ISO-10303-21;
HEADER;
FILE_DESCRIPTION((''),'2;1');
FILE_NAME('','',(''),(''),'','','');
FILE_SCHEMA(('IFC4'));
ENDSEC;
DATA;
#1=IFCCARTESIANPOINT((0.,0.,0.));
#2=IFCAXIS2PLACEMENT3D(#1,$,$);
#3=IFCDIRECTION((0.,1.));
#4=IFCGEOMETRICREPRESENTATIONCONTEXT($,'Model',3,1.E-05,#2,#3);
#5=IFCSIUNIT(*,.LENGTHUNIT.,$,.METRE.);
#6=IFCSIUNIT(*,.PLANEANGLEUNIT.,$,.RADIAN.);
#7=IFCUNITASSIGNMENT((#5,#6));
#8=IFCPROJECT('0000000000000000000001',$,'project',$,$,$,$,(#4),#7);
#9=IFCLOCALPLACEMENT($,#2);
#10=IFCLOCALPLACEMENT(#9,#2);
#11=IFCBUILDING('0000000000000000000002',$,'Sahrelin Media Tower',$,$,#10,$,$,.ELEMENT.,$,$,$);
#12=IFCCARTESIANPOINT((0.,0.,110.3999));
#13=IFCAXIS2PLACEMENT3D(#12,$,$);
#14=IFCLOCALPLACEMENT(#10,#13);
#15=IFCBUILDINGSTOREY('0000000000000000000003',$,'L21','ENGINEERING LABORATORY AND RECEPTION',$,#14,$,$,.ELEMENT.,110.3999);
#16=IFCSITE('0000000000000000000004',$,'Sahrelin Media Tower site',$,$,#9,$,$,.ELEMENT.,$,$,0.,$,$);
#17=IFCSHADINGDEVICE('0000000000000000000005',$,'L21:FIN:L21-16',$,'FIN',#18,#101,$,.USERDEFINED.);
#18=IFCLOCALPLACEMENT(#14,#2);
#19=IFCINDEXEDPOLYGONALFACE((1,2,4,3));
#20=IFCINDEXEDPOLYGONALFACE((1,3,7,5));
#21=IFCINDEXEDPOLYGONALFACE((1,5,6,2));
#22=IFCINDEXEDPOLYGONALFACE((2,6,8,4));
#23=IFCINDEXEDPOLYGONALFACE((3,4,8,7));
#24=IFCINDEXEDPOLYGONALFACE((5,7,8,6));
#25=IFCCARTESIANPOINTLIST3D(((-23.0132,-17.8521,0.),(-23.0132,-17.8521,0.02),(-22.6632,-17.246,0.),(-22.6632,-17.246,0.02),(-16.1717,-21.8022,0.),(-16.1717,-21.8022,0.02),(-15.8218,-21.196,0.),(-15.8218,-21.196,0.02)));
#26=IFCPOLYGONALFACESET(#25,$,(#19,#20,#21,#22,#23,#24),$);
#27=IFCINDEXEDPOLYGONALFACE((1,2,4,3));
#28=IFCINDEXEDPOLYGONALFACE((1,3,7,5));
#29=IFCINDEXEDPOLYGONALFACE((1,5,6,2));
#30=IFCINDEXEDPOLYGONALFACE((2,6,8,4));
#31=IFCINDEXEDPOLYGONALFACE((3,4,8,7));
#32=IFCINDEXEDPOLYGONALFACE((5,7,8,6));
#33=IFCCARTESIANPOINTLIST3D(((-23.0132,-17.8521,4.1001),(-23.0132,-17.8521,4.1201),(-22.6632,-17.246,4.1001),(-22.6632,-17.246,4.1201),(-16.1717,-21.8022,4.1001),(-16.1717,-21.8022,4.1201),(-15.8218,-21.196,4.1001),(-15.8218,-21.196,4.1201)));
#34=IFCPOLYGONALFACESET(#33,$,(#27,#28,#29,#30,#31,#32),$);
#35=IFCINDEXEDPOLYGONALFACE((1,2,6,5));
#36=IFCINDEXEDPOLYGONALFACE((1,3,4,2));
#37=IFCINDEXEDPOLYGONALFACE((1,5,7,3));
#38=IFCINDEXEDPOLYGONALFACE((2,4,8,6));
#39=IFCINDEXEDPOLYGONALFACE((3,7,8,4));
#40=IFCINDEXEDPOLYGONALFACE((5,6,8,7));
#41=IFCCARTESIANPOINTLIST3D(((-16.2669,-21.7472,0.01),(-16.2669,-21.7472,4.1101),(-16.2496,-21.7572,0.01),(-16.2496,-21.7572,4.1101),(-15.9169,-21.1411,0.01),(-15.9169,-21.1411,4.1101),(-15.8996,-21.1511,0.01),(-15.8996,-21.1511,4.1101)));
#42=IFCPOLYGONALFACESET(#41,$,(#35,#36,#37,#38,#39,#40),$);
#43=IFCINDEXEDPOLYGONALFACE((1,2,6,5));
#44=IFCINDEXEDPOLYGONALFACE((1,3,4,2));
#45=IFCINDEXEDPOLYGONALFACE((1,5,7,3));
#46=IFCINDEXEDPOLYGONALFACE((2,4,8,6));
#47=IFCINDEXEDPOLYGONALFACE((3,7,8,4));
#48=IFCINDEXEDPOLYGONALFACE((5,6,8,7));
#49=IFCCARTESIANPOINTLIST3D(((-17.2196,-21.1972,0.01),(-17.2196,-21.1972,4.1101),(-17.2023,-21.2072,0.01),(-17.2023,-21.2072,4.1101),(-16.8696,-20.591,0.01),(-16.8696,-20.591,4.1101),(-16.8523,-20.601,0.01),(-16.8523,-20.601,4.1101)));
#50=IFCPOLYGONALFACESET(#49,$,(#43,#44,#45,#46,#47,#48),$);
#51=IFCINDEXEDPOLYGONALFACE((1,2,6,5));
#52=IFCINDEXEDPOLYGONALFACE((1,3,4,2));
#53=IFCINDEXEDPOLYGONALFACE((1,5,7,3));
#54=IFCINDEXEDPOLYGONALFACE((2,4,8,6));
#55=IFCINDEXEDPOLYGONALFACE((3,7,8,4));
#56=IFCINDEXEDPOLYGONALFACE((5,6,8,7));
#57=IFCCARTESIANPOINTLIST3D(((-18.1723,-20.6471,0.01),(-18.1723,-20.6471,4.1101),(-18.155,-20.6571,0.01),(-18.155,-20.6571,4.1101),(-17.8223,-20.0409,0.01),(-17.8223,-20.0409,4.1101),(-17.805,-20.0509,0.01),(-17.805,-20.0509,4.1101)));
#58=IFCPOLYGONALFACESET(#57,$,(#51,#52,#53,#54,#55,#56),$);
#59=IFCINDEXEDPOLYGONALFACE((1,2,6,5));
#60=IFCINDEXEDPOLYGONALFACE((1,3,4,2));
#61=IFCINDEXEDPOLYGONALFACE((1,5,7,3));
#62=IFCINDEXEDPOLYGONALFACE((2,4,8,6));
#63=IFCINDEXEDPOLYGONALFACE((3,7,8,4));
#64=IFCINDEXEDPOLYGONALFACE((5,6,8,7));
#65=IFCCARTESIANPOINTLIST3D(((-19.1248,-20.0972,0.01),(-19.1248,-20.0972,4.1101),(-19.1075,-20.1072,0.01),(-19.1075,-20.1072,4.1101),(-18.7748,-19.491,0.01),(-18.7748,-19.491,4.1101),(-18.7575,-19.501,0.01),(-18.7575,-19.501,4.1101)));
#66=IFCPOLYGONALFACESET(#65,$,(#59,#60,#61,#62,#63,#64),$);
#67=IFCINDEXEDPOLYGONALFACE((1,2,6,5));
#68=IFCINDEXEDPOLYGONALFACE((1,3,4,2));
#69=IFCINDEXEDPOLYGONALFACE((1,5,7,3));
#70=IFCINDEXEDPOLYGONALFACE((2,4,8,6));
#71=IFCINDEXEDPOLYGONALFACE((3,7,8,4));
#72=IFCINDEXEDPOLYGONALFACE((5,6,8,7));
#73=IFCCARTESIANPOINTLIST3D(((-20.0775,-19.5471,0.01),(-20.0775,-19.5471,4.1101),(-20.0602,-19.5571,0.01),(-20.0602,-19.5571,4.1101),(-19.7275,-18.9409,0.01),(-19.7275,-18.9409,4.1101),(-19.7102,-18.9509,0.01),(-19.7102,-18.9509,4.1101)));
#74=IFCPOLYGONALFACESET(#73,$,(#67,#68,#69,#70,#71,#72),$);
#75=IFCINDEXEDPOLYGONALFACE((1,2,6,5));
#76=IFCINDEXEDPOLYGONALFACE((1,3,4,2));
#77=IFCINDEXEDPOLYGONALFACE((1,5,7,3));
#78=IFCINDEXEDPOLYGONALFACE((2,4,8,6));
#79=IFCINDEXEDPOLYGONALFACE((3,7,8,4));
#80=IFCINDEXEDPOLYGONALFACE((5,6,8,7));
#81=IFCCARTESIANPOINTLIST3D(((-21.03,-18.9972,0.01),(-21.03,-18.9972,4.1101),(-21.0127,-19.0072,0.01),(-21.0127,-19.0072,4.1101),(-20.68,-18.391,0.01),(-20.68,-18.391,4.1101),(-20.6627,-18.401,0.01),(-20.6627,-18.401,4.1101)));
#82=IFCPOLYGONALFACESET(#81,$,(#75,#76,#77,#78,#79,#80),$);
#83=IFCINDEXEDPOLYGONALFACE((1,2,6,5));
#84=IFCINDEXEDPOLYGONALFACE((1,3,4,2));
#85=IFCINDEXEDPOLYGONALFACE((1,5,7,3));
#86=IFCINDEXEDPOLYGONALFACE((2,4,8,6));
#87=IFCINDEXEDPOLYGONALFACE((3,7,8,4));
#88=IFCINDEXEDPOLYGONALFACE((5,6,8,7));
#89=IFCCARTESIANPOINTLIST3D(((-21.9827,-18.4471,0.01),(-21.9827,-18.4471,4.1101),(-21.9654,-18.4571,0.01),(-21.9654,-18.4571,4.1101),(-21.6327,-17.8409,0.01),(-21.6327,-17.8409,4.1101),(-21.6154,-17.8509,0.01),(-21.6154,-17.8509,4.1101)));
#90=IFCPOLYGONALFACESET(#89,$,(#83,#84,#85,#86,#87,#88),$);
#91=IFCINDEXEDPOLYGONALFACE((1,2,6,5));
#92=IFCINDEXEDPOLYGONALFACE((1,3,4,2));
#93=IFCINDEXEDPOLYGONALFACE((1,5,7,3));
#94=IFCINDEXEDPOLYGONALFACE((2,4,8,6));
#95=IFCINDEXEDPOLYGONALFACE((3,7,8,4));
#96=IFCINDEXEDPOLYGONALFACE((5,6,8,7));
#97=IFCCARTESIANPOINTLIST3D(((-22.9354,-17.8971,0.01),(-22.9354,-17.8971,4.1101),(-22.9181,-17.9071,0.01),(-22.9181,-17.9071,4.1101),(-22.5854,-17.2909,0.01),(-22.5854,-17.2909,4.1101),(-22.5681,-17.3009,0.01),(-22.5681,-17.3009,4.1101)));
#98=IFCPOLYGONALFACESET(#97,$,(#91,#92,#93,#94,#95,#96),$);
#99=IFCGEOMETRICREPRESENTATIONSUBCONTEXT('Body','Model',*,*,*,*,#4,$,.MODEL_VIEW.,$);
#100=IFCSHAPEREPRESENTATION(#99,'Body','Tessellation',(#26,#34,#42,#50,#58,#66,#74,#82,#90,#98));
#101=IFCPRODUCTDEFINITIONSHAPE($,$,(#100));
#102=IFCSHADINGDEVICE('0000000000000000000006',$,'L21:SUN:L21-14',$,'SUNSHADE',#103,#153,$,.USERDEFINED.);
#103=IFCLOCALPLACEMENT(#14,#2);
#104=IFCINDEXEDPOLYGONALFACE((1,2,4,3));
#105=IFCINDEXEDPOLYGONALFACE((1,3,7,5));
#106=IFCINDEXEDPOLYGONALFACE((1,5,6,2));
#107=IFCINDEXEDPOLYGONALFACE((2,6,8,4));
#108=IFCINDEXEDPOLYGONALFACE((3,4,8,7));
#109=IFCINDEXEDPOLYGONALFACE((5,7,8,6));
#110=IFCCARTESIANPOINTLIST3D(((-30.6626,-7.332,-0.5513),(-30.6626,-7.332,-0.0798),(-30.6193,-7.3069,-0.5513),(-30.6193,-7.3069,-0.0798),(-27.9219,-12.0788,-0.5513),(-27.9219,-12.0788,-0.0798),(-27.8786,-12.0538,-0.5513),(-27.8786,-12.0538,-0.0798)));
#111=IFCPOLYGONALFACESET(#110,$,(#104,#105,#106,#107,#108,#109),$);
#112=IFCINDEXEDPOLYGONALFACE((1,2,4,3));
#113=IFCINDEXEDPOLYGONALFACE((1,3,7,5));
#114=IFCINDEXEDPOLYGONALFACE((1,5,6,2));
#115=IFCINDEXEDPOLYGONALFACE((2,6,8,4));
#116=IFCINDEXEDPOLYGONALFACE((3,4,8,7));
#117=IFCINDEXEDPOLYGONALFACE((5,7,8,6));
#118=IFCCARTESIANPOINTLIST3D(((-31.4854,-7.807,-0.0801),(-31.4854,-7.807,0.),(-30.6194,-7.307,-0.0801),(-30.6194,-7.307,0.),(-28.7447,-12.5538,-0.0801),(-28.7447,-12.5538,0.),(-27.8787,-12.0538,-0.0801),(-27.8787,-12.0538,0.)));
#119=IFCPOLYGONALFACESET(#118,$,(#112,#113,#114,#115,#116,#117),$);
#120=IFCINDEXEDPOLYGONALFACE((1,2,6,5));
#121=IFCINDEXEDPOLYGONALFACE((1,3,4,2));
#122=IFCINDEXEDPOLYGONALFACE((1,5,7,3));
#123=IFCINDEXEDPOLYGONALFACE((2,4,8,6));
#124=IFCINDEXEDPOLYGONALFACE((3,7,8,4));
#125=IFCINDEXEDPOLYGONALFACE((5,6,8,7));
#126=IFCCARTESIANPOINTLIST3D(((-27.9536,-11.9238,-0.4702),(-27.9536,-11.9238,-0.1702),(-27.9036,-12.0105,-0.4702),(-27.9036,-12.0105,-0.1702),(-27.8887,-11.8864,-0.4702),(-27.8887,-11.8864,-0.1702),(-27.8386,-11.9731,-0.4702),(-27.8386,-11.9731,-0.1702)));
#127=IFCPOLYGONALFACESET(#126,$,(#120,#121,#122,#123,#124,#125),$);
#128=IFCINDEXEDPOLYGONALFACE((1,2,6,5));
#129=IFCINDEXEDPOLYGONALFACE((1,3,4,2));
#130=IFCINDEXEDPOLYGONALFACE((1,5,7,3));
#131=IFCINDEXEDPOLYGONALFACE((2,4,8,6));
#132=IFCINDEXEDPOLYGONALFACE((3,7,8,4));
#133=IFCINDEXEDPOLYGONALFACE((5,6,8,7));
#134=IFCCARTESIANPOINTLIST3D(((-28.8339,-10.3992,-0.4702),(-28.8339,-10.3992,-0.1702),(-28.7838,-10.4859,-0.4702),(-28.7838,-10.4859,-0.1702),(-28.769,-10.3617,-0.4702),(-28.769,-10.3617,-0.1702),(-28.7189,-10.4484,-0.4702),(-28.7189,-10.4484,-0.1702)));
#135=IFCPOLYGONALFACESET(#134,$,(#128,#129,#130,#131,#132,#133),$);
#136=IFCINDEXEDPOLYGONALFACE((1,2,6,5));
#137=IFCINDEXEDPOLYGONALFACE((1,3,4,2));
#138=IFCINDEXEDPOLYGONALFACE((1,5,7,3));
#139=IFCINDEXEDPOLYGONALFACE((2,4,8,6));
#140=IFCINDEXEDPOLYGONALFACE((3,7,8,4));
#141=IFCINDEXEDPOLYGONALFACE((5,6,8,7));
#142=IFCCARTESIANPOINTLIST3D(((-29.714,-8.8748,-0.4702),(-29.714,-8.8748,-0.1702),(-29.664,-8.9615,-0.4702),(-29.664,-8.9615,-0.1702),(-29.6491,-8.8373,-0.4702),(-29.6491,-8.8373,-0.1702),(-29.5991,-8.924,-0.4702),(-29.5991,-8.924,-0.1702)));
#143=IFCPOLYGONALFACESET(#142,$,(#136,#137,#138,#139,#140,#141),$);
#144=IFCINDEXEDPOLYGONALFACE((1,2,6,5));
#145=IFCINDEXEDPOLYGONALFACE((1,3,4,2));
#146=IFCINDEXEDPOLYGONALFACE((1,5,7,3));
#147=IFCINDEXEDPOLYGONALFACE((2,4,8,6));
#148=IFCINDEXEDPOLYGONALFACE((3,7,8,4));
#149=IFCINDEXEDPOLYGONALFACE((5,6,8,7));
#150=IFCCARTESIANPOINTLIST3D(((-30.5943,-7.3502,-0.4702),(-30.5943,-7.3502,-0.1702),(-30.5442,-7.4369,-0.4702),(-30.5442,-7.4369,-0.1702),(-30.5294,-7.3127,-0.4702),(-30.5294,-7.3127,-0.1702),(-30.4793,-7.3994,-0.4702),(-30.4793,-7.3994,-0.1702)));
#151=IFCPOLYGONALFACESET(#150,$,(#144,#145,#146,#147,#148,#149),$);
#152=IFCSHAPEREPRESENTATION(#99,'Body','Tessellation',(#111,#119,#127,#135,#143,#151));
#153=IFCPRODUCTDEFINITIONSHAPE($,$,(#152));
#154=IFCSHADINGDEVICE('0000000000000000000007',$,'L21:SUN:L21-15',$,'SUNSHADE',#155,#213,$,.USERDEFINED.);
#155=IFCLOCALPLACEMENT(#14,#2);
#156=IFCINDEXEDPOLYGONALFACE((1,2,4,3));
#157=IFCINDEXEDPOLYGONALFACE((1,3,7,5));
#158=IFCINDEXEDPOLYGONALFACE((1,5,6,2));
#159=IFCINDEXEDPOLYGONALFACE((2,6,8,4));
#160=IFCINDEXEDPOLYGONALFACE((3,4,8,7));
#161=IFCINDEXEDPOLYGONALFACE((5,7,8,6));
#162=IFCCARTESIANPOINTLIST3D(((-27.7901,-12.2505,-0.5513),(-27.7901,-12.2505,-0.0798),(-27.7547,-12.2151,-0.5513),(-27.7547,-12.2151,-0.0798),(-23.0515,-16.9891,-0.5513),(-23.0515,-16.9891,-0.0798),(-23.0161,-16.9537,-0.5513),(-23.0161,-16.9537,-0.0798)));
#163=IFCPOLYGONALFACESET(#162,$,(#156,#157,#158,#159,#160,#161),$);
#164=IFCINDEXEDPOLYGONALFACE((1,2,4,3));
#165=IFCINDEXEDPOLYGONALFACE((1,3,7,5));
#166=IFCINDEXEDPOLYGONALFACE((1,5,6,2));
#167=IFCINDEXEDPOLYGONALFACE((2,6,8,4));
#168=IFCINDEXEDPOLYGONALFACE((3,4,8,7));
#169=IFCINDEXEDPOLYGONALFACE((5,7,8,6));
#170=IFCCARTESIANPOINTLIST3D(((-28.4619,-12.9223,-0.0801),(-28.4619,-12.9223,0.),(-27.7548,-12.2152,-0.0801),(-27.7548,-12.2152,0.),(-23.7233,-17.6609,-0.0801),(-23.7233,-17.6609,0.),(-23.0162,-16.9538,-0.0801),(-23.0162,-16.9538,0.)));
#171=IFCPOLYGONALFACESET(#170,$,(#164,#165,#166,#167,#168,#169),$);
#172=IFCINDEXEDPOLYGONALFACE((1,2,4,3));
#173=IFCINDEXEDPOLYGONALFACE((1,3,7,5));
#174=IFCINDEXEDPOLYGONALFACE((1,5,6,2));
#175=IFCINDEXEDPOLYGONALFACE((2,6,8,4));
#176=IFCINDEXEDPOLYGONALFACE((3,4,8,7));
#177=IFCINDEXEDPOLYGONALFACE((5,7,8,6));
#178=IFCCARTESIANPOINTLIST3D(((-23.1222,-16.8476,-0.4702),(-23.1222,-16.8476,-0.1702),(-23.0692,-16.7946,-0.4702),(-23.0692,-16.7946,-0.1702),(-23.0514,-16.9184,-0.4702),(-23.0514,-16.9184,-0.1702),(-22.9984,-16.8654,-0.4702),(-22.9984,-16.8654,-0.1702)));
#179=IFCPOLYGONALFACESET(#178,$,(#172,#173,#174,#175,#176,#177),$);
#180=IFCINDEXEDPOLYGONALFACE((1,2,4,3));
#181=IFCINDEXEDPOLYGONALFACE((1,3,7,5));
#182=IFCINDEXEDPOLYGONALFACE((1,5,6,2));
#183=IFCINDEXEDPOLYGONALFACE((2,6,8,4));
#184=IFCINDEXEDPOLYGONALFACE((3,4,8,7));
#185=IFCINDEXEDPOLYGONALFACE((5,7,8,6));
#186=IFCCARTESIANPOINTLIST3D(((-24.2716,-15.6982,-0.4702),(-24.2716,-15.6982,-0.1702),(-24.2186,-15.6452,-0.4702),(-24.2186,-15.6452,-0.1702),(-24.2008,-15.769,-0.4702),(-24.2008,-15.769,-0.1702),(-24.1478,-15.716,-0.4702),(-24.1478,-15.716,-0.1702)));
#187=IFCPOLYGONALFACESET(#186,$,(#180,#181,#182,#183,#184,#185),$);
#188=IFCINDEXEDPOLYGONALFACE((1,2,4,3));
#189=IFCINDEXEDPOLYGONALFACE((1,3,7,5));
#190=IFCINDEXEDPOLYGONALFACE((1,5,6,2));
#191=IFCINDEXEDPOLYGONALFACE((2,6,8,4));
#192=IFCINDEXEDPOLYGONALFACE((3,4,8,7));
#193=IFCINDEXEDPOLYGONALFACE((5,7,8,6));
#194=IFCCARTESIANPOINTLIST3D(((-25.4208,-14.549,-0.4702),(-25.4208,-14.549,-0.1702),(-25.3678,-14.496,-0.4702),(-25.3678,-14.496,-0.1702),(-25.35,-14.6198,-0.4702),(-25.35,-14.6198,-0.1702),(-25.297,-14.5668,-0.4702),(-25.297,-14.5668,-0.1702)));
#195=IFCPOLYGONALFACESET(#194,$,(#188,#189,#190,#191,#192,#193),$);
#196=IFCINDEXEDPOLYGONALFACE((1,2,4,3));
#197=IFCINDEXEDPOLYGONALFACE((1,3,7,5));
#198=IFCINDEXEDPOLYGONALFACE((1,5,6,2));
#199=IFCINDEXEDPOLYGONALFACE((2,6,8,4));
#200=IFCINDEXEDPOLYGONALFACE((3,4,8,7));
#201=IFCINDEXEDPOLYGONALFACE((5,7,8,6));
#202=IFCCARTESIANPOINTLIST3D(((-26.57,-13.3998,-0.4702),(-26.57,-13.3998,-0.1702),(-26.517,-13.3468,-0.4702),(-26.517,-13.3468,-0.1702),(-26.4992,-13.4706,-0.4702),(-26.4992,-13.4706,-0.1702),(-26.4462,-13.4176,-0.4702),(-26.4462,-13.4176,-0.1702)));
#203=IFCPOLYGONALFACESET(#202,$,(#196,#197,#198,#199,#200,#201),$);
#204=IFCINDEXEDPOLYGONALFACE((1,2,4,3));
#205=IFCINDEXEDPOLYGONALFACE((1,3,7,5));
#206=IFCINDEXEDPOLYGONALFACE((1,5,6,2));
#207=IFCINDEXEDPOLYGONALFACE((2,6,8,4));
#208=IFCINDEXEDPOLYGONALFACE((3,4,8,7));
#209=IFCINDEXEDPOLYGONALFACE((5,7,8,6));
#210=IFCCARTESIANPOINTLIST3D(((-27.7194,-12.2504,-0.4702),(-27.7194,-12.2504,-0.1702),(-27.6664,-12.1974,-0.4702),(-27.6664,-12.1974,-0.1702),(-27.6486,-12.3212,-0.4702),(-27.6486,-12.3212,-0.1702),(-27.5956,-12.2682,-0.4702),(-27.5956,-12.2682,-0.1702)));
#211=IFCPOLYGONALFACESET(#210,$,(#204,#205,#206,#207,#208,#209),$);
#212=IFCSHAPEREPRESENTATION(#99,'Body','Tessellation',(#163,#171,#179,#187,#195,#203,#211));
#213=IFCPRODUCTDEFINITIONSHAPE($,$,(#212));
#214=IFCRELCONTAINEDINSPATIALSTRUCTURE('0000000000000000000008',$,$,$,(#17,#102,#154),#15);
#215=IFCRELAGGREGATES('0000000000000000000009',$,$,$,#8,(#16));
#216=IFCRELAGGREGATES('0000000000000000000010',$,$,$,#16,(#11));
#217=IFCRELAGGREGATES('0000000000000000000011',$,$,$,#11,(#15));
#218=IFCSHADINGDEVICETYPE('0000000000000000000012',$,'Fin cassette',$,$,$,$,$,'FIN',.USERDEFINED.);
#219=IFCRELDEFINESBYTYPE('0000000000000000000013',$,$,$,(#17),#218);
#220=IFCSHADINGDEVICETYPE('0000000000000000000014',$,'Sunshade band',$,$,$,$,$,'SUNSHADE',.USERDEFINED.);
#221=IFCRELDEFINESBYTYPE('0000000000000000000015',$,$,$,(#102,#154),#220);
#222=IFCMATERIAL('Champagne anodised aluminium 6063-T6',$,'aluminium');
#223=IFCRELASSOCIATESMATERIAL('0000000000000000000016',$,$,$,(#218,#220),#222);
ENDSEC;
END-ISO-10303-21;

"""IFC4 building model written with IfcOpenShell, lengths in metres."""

from ifc_helpers import new_model, si_unit, direction, frame, origin, origin_2d, place, context, subcontext, project, spatial, rectangle, extrude, material, type_object, element, save


model = new_model("IFC4")

# Units and contexts
model_context = context("Model", 3, precision=1e-05, world=origin(), true_north=direction((0.0, 1.0)))
body_context = subcontext(model_context, "Body", "Model", "MODEL_VIEW")
ifc_project = project(units=[si_unit("LENGTHUNIT", "METRE"), si_unit("PLANEANGLEUNIT", "RADIAN")], contexts=[model_context])

# Site, building, storey
site_placement = place(None, origin())
site = spatial("IfcSite", under=ifc_project, at=site_placement, Name="Sahrelin Media Tower site", CompositionType="ELEMENT", RefElevation=0.0)
building_placement = place(site_placement, origin())
building = spatial("IfcBuilding", under=site, at=building_placement, Name="Sahrelin Media Tower", CompositionType="ELEMENT")
storey_placement = place(building_placement, frame((0.0, 0.0, 110.3999)))
storey = spatial("IfcBuildingStorey", under=building, at=storey_placement, Name="L21", Description="ENGINEERING LABORATORY AND RECEPTION", CompositionType="ELEMENT", Elevation=110.3999)

# Shared definitions
ifc_material_1 = material(Name="Champagne anodised aluminium 6063-T6", Category="aluminium")

# Shading devices
shading_device_type_1 = type_object("IfcShadingDeviceType", Name="Fin cassette", ElementType="FIN", PredefinedType="USERDEFINED", material=ifc_material_1)
placement_1 = place(storey_placement, frame((-25.3713, -14.5703, 0.0), z_axis=(0.0, 0.0, 1.0), x_axis=(-0.707107, 0.707107, 0.0)))
placement_2 = place(storey_placement, frame((-19.2075, -19.1604, 0.0), z_axis=(0.0, 0.0, 1.0), x_axis=(-0.866019, 0.500011, 0.0)))
element("IfcShadingDevice", 1, at=placement_2, inside=storey, type_object=shading_device_type_1, Name="L21:FIN:L21-16", ObjectType="FIN", PredefinedType="USERDEFINED", context=body_context, shape_type="SweptSolid", body=[
    extrude(rectangle(XDim=7.8999, YDim=0.7, at=origin_2d()), frame((0.0, 0.4199, 0.0)), (0.0, 0.0, 1.0), 0.02),
    extrude(rectangle(XDim=7.8999, YDim=0.7, at=origin_2d()), frame((0.0, 0.4199, 4.1001)), (0.0, 0.0, 1.0), 0.02),
    extrude(rectangle(XDim=0.02, YDim=0.7, at=origin_2d()), frame((-3.8501, 0.4199, 0.01), z_axis=(0.0, 0.0, 1.0), x_axis=(1.0, 0.0, 0.0)), (0.0, 0.0, 1.0), 4.1001),
    extrude(rectangle(XDim=0.02, YDim=0.7, at=origin_2d()), frame((-2.75, 0.4199, 0.01), z_axis=(0.0, 0.0, 1.0), x_axis=(1.0, 0.0, 0.0)), (0.0, 0.0, 1.0), 4.1001),
    extrude(rectangle(XDim=0.02, YDim=0.7, at=origin_2d()), frame((-1.6499, 0.4199, 0.01), z_axis=(0.0, 0.0, 1.0), x_axis=(1.0, 0.0, 0.0)), (0.0, 0.0, 1.0), 4.1001),
    extrude(rectangle(XDim=0.02, YDim=0.7, at=origin_2d()), frame((-0.55, 0.4199, 0.01), z_axis=(0.0, 0.0, 1.0), x_axis=(1.0, 0.0, 0.0)), (0.0, 0.0, 1.0), 4.1001),
    extrude(rectangle(XDim=0.02, YDim=0.7, at=origin_2d()), frame((0.55, 0.4199, 0.01), z_axis=(0.0, 0.0, 1.0), x_axis=(1.0, 0.0, 0.0)), (0.0, 0.0, 1.0), 4.1001),
    extrude(rectangle(XDim=0.02, YDim=0.7, at=origin_2d()), frame((1.6499, 0.4199, 0.01), z_axis=(0.0, 0.0, 1.0), x_axis=(1.0, 0.0, 0.0)), (0.0, 0.0, 1.0), 4.1001),
    extrude(rectangle(XDim=0.02, YDim=0.7, at=origin_2d()), frame((2.75, 0.4199, 0.01), z_axis=(0.0, 0.0, 1.0), x_axis=(1.0, 0.0, 0.0)), (0.0, 0.0, 1.0), 4.1001),
    extrude(rectangle(XDim=0.02, YDim=0.7, at=origin_2d()), frame((3.8501, 0.4199, 0.01), z_axis=(0.0, 0.0, 1.0), x_axis=(1.0, 0.0, 0.0)), (0.0, 0.0, 1.0), 4.1001),
])
shading_device_type_2 = type_object("IfcShadingDeviceType", Name="Sunshade band", ElementType="SUNSHADE", PredefinedType="USERDEFINED", material=ifc_material_1)
shading_device_1_placement = place(storey_placement, frame((-29.2317, -9.6704, 0.0), z_axis=(0.0, 0.0, 1.0), x_axis=(-0.500011, 0.866019, 0.0)))
element("IfcShadingDevice", 2, at=shading_device_1_placement, inside=storey, type_object=shading_device_type_2, Name="L21:SUN:L21-14", ObjectType="SUNSHADE", PredefinedType="USERDEFINED", context=body_context, shape_type="SweptSolid", body=[
    extrude(rectangle(XDim=5.4812, YDim=0.05, at=origin_2d()), frame((0.0, 0.0449, -0.5513)), (0.0, 0.0, 1.0), 0.4714),
    extrude(rectangle(XDim=5.4812, YDim=1.0, at=origin_2d()), frame((0.0, 0.52, -0.0801)), (0.0, 0.0, 1.0), 0.0801),
    extrude(rectangle(XDim=0.1001, YDim=0.075, at=origin_2d()), frame((-2.6406, -0.0176, -0.4702)), (0.0, 0.0, 1.0), 0.3),
    extrude(rectangle(XDim=0.1001, YDim=0.075, at=origin_2d()), frame((-0.8801, -0.0176, -0.4702)), (0.0, 0.0, 1.0), 0.3),
    extrude(rectangle(XDim=0.1001, YDim=0.075, at=origin_2d()), frame((0.8801, -0.0176, -0.4702)), (0.0, 0.0, 1.0), 0.3),
    extrude(rectangle(XDim=0.1001, YDim=0.075, at=origin_2d()), frame((2.6406, -0.0176, -0.4702)), (0.0, 0.0, 1.0), 0.3),
])
element("IfcShadingDevice", 3, at=placement_1, inside=storey, type_object=shading_device_type_2, Name="L21:SUN:L21-15", ObjectType="SUNSHADE", PredefinedType="USERDEFINED", context=body_context, shape_type="SweptSolid", body=[
    extrude(rectangle(XDim=6.7014, YDim=0.05, at=origin_2d()), frame((0.0, 0.0449, -0.5513)), (0.0, 0.0, 1.0), 0.4714),
    extrude(rectangle(XDim=6.7014, YDim=1.0, at=origin_2d()), frame((0.0, 0.52, -0.0801)), (0.0, 0.0, 1.0), 0.0801),
    extrude(rectangle(XDim=0.1001, YDim=0.075, at=origin_2d()), frame((-3.2507, -0.0176, -0.4702)), (0.0, 0.0, 1.0), 0.3),
    extrude(rectangle(XDim=0.1001, YDim=0.075, at=origin_2d()), frame((-1.6252, -0.0176, -0.4702)), (0.0, 0.0, 1.0), 0.3),
    extrude(rectangle(XDim=0.1001, YDim=0.075, at=origin_2d()), frame((0.0, -0.0176, -0.4702)), (0.0, 0.0, 1.0), 0.3),
    extrude(rectangle(XDim=0.1001, YDim=0.075, at=origin_2d()), frame((1.6252, -0.0176, -0.4702)), (0.0, 0.0, 1.0), 0.3),
    extrude(rectangle(XDim=0.1001, YDim=0.075, at=origin_2d()), frame((3.2507, -0.0176, -0.4702)), (0.0, 0.0, 1.0), 0.3),
])

save(model, "model.ifc")
